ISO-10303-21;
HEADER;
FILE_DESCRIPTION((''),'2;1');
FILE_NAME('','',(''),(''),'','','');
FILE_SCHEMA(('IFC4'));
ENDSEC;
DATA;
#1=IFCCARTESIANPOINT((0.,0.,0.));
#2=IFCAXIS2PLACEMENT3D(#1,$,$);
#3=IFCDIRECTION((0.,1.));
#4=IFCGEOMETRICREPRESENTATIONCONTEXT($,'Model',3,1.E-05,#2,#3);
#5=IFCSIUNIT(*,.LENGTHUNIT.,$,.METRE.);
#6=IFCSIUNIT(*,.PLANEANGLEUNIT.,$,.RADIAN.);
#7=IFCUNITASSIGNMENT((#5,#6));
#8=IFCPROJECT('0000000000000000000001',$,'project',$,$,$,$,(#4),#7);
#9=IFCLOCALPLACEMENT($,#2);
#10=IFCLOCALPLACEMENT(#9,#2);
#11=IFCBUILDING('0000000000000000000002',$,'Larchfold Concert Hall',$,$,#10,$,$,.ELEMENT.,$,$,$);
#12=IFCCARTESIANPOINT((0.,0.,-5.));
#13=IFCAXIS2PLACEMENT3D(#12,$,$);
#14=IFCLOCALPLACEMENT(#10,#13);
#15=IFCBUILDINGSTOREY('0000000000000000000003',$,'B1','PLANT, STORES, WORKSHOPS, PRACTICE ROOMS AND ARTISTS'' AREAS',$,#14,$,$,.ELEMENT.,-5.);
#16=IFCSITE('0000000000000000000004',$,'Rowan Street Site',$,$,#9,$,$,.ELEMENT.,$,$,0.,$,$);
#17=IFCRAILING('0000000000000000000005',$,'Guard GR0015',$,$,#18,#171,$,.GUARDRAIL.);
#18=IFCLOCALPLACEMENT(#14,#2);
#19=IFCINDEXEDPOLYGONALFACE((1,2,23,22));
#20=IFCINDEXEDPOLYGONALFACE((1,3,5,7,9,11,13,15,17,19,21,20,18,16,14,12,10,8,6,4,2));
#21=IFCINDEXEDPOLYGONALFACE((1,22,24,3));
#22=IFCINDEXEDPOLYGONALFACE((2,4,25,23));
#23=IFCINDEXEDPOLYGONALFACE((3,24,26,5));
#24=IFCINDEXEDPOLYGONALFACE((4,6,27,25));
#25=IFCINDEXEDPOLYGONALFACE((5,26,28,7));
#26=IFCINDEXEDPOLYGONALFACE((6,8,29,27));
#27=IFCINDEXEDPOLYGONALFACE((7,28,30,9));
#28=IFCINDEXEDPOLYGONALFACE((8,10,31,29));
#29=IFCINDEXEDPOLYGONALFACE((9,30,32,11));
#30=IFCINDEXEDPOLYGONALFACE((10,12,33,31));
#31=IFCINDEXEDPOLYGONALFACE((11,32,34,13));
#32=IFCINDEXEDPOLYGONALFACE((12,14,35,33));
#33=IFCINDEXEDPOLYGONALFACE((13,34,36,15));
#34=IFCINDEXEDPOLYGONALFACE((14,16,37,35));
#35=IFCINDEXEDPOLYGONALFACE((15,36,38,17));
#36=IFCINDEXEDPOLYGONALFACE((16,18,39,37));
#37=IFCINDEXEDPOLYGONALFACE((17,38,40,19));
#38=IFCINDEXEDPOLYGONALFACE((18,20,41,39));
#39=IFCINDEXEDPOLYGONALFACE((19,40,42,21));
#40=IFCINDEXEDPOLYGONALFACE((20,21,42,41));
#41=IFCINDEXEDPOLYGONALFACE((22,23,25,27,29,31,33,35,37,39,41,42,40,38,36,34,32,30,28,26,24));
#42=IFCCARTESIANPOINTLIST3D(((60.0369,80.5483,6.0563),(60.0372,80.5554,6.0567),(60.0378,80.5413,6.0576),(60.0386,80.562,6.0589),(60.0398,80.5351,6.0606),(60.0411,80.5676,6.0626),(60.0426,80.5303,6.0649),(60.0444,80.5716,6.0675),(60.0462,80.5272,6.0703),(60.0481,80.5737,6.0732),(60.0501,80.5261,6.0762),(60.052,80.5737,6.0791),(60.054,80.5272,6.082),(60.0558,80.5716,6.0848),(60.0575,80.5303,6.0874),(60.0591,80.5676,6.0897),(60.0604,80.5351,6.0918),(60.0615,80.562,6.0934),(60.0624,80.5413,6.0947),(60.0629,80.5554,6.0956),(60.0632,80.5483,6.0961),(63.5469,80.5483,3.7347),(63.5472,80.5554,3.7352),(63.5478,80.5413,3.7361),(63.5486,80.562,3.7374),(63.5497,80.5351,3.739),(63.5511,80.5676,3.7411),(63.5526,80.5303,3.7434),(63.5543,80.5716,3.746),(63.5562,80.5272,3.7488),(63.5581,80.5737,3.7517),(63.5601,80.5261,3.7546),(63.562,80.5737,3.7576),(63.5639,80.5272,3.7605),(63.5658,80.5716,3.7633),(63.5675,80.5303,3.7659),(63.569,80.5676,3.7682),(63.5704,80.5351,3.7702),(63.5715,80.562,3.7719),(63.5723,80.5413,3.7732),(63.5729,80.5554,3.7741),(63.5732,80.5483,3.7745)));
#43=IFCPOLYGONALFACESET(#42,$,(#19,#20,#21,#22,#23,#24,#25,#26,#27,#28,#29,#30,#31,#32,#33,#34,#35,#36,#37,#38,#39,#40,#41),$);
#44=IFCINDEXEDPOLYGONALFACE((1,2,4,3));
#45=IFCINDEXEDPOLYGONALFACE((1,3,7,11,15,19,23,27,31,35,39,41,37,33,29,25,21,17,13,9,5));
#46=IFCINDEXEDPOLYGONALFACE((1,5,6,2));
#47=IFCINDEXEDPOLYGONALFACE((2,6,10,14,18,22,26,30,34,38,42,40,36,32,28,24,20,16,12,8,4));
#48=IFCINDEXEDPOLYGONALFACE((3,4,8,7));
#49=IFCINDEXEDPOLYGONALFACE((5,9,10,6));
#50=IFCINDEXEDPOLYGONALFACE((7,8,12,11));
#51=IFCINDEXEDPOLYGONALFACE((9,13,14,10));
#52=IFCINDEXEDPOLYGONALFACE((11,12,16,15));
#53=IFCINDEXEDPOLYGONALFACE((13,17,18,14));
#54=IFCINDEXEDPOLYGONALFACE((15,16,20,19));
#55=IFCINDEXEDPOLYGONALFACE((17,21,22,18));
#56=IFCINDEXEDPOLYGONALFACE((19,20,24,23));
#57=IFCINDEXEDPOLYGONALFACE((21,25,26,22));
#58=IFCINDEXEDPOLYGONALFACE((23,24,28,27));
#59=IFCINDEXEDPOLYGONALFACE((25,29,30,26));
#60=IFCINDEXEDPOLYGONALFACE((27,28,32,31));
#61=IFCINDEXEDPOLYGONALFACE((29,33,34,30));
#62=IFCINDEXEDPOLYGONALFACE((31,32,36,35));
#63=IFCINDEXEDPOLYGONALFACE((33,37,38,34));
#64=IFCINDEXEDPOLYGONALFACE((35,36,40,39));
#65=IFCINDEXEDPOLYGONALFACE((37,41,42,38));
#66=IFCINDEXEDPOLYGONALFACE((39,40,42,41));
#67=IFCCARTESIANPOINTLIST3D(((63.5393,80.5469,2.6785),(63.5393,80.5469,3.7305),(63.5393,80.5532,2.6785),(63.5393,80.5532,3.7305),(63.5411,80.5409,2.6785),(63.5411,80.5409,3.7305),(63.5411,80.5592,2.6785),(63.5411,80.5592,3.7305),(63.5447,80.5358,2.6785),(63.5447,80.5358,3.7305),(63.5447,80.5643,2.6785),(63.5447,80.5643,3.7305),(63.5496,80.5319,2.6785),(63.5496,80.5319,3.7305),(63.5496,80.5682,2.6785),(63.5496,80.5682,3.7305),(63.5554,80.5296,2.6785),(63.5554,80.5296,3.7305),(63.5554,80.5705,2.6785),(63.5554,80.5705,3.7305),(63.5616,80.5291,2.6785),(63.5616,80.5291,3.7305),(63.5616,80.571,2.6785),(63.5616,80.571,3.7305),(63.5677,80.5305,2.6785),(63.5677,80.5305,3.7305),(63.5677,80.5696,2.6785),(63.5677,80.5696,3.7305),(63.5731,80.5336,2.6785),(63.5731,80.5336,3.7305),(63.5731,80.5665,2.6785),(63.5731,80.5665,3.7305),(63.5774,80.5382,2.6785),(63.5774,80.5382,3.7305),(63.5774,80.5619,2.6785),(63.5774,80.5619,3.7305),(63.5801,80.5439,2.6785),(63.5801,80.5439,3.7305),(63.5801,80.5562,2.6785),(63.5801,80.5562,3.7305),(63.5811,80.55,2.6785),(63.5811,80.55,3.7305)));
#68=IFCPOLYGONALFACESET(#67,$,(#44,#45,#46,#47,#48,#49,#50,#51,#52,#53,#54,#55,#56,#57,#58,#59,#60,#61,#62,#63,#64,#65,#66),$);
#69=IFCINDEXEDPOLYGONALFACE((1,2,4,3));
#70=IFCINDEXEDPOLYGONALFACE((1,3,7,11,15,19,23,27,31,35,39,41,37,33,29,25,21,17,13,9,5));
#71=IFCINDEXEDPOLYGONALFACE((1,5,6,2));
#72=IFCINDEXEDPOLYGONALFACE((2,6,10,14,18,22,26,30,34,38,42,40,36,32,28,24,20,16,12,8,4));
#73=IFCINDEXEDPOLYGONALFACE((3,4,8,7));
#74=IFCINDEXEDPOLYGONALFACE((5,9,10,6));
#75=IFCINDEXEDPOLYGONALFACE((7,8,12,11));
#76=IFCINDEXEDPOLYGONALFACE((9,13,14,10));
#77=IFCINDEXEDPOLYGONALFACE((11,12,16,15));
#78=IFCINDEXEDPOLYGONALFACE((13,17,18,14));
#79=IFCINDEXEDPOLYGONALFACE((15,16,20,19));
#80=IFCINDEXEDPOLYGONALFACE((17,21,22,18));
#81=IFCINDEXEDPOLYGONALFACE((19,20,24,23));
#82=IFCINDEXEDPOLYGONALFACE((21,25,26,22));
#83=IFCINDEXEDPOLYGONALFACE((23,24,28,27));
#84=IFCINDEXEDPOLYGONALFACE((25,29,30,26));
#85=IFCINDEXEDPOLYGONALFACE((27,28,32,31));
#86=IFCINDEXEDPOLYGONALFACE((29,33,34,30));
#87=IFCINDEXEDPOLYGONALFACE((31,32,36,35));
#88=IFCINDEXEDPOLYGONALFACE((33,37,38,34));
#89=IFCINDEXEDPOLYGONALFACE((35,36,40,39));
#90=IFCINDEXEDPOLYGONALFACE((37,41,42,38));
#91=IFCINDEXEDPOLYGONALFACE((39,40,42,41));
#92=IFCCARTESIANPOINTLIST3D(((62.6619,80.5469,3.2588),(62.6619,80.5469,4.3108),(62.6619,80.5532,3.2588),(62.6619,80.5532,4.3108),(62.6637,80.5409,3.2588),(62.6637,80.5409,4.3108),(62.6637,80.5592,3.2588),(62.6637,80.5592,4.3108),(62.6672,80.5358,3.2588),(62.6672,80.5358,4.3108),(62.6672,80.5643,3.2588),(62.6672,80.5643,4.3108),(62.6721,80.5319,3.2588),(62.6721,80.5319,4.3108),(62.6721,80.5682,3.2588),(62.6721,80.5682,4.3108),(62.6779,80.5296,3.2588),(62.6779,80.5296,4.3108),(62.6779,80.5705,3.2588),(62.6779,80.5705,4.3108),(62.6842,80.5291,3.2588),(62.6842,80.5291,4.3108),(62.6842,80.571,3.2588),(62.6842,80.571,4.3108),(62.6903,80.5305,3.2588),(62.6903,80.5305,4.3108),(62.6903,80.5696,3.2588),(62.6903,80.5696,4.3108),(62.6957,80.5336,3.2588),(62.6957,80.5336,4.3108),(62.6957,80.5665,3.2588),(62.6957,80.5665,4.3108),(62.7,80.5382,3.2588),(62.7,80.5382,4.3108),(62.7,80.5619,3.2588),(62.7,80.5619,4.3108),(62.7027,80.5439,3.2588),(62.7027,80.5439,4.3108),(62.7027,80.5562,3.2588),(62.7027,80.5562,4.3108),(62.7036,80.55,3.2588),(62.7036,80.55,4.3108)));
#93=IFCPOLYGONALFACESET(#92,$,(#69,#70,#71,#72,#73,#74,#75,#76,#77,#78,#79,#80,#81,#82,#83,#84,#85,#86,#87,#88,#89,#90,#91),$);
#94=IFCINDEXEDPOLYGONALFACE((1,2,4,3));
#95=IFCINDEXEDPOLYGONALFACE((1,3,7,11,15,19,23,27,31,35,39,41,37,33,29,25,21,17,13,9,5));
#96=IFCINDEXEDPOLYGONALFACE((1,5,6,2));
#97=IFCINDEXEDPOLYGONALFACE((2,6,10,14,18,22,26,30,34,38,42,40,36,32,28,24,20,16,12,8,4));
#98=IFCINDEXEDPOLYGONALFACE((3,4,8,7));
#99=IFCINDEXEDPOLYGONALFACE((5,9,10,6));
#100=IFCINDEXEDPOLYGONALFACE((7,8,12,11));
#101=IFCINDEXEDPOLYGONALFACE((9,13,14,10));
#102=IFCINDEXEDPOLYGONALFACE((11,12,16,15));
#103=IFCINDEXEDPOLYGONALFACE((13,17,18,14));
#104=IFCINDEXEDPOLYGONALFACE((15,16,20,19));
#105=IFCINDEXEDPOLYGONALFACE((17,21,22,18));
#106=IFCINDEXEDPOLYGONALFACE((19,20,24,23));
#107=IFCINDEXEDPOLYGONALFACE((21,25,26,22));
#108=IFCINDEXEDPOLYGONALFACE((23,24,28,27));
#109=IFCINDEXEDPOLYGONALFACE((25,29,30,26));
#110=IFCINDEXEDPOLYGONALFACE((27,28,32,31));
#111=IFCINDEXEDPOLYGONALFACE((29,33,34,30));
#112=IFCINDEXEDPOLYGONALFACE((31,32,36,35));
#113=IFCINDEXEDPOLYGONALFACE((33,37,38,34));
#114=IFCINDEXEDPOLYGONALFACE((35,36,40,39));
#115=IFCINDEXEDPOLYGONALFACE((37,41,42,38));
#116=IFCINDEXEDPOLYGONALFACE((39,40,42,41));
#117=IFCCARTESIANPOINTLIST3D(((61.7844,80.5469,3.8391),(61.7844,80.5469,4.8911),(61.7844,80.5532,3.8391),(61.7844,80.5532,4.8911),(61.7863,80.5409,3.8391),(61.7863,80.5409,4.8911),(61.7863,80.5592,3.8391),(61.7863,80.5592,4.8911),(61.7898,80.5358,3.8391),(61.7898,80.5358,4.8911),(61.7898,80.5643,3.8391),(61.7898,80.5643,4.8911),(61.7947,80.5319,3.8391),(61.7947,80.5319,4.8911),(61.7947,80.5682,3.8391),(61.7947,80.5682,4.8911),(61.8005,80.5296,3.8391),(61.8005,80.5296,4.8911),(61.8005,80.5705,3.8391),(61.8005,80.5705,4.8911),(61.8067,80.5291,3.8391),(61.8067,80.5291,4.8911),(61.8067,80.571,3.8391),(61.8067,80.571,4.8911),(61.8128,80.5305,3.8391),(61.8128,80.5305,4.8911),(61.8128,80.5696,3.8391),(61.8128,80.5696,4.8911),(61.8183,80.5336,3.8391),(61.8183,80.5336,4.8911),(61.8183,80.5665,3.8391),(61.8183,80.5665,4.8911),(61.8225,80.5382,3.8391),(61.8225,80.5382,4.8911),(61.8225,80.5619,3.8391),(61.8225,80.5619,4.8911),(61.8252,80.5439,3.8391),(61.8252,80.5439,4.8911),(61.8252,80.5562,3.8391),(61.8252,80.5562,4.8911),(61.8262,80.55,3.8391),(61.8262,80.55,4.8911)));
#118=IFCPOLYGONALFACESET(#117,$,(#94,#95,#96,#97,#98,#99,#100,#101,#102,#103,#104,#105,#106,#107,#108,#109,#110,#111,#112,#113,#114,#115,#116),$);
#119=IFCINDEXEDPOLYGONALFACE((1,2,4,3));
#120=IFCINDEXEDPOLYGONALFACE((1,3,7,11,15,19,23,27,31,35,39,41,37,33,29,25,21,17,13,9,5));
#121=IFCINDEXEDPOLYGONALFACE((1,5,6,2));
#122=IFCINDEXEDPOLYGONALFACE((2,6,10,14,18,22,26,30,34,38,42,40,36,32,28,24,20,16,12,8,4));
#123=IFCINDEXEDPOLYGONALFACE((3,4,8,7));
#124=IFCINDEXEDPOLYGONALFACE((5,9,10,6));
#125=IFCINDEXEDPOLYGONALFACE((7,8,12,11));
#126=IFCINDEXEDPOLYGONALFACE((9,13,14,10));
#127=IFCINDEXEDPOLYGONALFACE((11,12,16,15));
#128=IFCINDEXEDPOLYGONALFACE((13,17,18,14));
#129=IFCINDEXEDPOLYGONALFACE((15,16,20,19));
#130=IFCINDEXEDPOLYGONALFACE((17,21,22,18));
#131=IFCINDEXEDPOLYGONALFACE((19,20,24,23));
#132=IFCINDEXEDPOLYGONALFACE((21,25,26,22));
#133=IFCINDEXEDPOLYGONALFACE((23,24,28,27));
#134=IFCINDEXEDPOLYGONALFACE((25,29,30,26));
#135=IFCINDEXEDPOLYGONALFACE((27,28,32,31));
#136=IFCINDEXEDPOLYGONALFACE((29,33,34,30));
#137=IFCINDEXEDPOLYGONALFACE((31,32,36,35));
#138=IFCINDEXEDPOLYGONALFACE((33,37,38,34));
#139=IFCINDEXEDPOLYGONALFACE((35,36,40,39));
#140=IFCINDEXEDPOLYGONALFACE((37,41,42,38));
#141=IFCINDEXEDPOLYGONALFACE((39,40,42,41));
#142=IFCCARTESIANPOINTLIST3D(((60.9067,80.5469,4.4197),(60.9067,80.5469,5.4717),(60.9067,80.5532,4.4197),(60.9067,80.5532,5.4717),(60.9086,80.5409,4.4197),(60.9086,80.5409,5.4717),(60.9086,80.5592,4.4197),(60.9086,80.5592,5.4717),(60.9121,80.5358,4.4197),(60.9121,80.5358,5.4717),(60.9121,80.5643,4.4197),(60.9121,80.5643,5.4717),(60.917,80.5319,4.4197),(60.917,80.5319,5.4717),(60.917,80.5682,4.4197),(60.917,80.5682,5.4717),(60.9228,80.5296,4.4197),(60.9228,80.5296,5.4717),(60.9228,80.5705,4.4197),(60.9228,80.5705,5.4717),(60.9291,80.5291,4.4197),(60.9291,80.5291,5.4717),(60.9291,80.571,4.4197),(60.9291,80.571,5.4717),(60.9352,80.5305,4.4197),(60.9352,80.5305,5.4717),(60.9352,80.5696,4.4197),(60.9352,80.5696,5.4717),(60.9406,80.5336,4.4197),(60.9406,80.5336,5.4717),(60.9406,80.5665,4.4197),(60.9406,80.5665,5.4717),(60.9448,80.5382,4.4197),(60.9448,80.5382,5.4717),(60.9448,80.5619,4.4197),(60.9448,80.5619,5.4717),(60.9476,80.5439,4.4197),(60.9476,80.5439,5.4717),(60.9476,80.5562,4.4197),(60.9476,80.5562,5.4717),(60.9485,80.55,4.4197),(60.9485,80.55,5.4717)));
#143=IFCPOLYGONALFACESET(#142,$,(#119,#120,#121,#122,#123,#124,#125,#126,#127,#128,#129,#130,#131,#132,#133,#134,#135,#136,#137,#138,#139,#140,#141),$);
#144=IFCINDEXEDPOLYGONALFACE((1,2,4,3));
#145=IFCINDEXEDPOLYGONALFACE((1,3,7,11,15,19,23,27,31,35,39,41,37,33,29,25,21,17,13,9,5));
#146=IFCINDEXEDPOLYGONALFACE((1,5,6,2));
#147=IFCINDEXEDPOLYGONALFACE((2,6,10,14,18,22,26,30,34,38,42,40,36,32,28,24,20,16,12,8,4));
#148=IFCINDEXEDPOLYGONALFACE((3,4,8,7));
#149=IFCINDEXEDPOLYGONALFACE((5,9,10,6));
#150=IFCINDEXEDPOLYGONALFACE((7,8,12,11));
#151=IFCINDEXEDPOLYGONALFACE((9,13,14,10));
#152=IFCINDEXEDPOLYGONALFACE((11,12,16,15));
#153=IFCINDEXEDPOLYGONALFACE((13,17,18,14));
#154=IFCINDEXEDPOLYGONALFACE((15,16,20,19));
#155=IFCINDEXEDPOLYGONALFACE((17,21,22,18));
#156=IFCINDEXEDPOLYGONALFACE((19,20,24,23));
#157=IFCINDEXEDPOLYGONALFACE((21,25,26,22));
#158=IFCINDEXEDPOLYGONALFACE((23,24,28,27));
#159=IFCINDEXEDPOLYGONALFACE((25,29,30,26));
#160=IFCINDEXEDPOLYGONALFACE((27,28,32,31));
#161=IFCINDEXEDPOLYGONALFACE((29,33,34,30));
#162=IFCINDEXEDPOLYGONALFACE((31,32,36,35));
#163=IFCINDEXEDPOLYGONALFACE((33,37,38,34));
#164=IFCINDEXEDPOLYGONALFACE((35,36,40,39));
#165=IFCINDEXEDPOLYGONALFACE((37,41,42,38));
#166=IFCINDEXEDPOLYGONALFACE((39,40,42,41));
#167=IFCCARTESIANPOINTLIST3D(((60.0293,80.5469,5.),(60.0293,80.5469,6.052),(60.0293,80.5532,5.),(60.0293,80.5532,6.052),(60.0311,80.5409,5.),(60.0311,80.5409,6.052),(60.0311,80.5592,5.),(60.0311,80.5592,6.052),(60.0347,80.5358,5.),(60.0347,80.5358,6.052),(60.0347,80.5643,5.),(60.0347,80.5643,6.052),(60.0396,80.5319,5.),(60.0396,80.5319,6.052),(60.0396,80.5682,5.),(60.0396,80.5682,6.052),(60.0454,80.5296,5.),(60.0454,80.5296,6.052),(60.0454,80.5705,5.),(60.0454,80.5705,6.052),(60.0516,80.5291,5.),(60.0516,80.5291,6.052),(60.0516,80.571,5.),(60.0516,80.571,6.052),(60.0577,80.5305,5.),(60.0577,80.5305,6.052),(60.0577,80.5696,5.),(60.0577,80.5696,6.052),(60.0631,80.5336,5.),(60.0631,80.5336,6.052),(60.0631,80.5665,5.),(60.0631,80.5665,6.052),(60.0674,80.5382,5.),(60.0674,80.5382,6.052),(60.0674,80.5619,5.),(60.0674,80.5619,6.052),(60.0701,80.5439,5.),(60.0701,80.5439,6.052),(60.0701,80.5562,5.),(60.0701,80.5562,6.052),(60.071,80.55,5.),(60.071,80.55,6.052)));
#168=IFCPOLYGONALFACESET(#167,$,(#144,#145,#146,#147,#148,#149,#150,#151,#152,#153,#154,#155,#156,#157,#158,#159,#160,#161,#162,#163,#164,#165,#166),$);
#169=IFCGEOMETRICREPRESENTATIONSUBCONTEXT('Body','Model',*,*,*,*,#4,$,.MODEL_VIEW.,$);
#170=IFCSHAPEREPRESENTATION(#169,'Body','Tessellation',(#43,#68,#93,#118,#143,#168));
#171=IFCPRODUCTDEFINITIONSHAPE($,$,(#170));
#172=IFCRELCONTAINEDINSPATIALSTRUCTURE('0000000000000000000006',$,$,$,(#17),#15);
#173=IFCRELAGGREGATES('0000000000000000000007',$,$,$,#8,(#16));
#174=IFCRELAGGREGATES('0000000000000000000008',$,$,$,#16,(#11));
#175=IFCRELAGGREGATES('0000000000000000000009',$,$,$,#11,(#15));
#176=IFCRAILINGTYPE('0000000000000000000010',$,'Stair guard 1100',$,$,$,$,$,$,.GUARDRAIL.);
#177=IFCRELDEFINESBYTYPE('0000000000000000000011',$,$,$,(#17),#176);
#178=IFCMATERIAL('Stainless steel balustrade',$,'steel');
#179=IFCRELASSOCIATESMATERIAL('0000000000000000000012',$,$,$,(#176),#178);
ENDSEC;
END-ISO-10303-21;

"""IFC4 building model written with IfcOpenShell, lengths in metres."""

from ifc_helpers import new_model, si_unit, direction, frame, origin, origin_2d, place, context, subcontext, project, spatial, circle, extrude, material, type_object, element, save


model = new_model("IFC4")

# Units and contexts
model_context = context("Model", 3, precision=1e-05, world=origin(), true_north=direction((0.0, 1.0)))
body_context = subcontext(model_context, "Body", "Model", "MODEL_VIEW")
ifc_project = project(units=[si_unit("LENGTHUNIT", "METRE"), si_unit("PLANEANGLEUNIT", "RADIAN")], contexts=[model_context])

# Site, building, storey
site_placement = place(None, origin())
site = spatial("IfcSite", under=ifc_project, at=site_placement, Name="Rowan Street Site", CompositionType="ELEMENT", RefElevation=0.0)
building_placement = place(site_placement, origin())
building = spatial("IfcBuilding", under=site, at=building_placement, Name="Larchfold Concert Hall", CompositionType="ELEMENT")
storey_placement = place(building_placement, frame((0.0, 0.0, -5.0)))
storey = spatial("IfcBuildingStorey", under=building, at=storey_placement, Name="B1", Description="PLANT, STORES, WORKSHOPS, PRACTICE ROOMS AND ARTISTS' AREAS", CompositionType="ELEMENT", Elevation=-5.0)

# Railing
ifc_material_1 = material(Name="Stainless steel balustrade", Category="steel")
railing_type_1 = type_object("IfcRailingType", Name="Stair guard 1100", PredefinedType="GUARDRAIL", material=ifc_material_1)
railing_1_placement = place(storey_placement, frame((63.5601, 80.55, 2.6785)))
element("IfcRailing", 1, at=railing_1_placement, inside=storey, type_object=railing_type_1, Name="Guard GR0015", PredefinedType="GUARDRAIL", context=body_context, shape_type="SweptSolid", body=[
    extrude(circle(Radius=0.0239, at=origin_2d()), frame((0.0, 0.0, 1.0762), z_axis=(-0.834071, 0.0, 0.551657), x_axis=(0.0, -1.0, 0.0)), (0.0, 0.0, 1.0), 4.2083),
    extrude(circle(Radius=0.021, at=origin_2d()), origin(), (0.0, 0.0, 1.0), 1.052),
    extrude(circle(Radius=0.021, at=origin_2d()), frame((-0.8774, 0.0, 0.5803)), (0.0, 0.0, 1.0), 1.052),
    extrude(circle(Radius=0.021, at=origin_2d()), frame((-1.7549, 0.0, 1.1606)), (0.0, 0.0, 1.0), 1.052),
    extrude(circle(Radius=0.021, at=origin_2d()), frame((-2.6326, 0.0, 1.7412)), (0.0, 0.0, 1.0), 1.052),
    extrude(circle(Radius=0.021, at=origin_2d()), frame((-3.51, 0.0, 2.3215)), (0.0, 0.0, 1.0), 1.052),
])

save(model, "model.ifc")
